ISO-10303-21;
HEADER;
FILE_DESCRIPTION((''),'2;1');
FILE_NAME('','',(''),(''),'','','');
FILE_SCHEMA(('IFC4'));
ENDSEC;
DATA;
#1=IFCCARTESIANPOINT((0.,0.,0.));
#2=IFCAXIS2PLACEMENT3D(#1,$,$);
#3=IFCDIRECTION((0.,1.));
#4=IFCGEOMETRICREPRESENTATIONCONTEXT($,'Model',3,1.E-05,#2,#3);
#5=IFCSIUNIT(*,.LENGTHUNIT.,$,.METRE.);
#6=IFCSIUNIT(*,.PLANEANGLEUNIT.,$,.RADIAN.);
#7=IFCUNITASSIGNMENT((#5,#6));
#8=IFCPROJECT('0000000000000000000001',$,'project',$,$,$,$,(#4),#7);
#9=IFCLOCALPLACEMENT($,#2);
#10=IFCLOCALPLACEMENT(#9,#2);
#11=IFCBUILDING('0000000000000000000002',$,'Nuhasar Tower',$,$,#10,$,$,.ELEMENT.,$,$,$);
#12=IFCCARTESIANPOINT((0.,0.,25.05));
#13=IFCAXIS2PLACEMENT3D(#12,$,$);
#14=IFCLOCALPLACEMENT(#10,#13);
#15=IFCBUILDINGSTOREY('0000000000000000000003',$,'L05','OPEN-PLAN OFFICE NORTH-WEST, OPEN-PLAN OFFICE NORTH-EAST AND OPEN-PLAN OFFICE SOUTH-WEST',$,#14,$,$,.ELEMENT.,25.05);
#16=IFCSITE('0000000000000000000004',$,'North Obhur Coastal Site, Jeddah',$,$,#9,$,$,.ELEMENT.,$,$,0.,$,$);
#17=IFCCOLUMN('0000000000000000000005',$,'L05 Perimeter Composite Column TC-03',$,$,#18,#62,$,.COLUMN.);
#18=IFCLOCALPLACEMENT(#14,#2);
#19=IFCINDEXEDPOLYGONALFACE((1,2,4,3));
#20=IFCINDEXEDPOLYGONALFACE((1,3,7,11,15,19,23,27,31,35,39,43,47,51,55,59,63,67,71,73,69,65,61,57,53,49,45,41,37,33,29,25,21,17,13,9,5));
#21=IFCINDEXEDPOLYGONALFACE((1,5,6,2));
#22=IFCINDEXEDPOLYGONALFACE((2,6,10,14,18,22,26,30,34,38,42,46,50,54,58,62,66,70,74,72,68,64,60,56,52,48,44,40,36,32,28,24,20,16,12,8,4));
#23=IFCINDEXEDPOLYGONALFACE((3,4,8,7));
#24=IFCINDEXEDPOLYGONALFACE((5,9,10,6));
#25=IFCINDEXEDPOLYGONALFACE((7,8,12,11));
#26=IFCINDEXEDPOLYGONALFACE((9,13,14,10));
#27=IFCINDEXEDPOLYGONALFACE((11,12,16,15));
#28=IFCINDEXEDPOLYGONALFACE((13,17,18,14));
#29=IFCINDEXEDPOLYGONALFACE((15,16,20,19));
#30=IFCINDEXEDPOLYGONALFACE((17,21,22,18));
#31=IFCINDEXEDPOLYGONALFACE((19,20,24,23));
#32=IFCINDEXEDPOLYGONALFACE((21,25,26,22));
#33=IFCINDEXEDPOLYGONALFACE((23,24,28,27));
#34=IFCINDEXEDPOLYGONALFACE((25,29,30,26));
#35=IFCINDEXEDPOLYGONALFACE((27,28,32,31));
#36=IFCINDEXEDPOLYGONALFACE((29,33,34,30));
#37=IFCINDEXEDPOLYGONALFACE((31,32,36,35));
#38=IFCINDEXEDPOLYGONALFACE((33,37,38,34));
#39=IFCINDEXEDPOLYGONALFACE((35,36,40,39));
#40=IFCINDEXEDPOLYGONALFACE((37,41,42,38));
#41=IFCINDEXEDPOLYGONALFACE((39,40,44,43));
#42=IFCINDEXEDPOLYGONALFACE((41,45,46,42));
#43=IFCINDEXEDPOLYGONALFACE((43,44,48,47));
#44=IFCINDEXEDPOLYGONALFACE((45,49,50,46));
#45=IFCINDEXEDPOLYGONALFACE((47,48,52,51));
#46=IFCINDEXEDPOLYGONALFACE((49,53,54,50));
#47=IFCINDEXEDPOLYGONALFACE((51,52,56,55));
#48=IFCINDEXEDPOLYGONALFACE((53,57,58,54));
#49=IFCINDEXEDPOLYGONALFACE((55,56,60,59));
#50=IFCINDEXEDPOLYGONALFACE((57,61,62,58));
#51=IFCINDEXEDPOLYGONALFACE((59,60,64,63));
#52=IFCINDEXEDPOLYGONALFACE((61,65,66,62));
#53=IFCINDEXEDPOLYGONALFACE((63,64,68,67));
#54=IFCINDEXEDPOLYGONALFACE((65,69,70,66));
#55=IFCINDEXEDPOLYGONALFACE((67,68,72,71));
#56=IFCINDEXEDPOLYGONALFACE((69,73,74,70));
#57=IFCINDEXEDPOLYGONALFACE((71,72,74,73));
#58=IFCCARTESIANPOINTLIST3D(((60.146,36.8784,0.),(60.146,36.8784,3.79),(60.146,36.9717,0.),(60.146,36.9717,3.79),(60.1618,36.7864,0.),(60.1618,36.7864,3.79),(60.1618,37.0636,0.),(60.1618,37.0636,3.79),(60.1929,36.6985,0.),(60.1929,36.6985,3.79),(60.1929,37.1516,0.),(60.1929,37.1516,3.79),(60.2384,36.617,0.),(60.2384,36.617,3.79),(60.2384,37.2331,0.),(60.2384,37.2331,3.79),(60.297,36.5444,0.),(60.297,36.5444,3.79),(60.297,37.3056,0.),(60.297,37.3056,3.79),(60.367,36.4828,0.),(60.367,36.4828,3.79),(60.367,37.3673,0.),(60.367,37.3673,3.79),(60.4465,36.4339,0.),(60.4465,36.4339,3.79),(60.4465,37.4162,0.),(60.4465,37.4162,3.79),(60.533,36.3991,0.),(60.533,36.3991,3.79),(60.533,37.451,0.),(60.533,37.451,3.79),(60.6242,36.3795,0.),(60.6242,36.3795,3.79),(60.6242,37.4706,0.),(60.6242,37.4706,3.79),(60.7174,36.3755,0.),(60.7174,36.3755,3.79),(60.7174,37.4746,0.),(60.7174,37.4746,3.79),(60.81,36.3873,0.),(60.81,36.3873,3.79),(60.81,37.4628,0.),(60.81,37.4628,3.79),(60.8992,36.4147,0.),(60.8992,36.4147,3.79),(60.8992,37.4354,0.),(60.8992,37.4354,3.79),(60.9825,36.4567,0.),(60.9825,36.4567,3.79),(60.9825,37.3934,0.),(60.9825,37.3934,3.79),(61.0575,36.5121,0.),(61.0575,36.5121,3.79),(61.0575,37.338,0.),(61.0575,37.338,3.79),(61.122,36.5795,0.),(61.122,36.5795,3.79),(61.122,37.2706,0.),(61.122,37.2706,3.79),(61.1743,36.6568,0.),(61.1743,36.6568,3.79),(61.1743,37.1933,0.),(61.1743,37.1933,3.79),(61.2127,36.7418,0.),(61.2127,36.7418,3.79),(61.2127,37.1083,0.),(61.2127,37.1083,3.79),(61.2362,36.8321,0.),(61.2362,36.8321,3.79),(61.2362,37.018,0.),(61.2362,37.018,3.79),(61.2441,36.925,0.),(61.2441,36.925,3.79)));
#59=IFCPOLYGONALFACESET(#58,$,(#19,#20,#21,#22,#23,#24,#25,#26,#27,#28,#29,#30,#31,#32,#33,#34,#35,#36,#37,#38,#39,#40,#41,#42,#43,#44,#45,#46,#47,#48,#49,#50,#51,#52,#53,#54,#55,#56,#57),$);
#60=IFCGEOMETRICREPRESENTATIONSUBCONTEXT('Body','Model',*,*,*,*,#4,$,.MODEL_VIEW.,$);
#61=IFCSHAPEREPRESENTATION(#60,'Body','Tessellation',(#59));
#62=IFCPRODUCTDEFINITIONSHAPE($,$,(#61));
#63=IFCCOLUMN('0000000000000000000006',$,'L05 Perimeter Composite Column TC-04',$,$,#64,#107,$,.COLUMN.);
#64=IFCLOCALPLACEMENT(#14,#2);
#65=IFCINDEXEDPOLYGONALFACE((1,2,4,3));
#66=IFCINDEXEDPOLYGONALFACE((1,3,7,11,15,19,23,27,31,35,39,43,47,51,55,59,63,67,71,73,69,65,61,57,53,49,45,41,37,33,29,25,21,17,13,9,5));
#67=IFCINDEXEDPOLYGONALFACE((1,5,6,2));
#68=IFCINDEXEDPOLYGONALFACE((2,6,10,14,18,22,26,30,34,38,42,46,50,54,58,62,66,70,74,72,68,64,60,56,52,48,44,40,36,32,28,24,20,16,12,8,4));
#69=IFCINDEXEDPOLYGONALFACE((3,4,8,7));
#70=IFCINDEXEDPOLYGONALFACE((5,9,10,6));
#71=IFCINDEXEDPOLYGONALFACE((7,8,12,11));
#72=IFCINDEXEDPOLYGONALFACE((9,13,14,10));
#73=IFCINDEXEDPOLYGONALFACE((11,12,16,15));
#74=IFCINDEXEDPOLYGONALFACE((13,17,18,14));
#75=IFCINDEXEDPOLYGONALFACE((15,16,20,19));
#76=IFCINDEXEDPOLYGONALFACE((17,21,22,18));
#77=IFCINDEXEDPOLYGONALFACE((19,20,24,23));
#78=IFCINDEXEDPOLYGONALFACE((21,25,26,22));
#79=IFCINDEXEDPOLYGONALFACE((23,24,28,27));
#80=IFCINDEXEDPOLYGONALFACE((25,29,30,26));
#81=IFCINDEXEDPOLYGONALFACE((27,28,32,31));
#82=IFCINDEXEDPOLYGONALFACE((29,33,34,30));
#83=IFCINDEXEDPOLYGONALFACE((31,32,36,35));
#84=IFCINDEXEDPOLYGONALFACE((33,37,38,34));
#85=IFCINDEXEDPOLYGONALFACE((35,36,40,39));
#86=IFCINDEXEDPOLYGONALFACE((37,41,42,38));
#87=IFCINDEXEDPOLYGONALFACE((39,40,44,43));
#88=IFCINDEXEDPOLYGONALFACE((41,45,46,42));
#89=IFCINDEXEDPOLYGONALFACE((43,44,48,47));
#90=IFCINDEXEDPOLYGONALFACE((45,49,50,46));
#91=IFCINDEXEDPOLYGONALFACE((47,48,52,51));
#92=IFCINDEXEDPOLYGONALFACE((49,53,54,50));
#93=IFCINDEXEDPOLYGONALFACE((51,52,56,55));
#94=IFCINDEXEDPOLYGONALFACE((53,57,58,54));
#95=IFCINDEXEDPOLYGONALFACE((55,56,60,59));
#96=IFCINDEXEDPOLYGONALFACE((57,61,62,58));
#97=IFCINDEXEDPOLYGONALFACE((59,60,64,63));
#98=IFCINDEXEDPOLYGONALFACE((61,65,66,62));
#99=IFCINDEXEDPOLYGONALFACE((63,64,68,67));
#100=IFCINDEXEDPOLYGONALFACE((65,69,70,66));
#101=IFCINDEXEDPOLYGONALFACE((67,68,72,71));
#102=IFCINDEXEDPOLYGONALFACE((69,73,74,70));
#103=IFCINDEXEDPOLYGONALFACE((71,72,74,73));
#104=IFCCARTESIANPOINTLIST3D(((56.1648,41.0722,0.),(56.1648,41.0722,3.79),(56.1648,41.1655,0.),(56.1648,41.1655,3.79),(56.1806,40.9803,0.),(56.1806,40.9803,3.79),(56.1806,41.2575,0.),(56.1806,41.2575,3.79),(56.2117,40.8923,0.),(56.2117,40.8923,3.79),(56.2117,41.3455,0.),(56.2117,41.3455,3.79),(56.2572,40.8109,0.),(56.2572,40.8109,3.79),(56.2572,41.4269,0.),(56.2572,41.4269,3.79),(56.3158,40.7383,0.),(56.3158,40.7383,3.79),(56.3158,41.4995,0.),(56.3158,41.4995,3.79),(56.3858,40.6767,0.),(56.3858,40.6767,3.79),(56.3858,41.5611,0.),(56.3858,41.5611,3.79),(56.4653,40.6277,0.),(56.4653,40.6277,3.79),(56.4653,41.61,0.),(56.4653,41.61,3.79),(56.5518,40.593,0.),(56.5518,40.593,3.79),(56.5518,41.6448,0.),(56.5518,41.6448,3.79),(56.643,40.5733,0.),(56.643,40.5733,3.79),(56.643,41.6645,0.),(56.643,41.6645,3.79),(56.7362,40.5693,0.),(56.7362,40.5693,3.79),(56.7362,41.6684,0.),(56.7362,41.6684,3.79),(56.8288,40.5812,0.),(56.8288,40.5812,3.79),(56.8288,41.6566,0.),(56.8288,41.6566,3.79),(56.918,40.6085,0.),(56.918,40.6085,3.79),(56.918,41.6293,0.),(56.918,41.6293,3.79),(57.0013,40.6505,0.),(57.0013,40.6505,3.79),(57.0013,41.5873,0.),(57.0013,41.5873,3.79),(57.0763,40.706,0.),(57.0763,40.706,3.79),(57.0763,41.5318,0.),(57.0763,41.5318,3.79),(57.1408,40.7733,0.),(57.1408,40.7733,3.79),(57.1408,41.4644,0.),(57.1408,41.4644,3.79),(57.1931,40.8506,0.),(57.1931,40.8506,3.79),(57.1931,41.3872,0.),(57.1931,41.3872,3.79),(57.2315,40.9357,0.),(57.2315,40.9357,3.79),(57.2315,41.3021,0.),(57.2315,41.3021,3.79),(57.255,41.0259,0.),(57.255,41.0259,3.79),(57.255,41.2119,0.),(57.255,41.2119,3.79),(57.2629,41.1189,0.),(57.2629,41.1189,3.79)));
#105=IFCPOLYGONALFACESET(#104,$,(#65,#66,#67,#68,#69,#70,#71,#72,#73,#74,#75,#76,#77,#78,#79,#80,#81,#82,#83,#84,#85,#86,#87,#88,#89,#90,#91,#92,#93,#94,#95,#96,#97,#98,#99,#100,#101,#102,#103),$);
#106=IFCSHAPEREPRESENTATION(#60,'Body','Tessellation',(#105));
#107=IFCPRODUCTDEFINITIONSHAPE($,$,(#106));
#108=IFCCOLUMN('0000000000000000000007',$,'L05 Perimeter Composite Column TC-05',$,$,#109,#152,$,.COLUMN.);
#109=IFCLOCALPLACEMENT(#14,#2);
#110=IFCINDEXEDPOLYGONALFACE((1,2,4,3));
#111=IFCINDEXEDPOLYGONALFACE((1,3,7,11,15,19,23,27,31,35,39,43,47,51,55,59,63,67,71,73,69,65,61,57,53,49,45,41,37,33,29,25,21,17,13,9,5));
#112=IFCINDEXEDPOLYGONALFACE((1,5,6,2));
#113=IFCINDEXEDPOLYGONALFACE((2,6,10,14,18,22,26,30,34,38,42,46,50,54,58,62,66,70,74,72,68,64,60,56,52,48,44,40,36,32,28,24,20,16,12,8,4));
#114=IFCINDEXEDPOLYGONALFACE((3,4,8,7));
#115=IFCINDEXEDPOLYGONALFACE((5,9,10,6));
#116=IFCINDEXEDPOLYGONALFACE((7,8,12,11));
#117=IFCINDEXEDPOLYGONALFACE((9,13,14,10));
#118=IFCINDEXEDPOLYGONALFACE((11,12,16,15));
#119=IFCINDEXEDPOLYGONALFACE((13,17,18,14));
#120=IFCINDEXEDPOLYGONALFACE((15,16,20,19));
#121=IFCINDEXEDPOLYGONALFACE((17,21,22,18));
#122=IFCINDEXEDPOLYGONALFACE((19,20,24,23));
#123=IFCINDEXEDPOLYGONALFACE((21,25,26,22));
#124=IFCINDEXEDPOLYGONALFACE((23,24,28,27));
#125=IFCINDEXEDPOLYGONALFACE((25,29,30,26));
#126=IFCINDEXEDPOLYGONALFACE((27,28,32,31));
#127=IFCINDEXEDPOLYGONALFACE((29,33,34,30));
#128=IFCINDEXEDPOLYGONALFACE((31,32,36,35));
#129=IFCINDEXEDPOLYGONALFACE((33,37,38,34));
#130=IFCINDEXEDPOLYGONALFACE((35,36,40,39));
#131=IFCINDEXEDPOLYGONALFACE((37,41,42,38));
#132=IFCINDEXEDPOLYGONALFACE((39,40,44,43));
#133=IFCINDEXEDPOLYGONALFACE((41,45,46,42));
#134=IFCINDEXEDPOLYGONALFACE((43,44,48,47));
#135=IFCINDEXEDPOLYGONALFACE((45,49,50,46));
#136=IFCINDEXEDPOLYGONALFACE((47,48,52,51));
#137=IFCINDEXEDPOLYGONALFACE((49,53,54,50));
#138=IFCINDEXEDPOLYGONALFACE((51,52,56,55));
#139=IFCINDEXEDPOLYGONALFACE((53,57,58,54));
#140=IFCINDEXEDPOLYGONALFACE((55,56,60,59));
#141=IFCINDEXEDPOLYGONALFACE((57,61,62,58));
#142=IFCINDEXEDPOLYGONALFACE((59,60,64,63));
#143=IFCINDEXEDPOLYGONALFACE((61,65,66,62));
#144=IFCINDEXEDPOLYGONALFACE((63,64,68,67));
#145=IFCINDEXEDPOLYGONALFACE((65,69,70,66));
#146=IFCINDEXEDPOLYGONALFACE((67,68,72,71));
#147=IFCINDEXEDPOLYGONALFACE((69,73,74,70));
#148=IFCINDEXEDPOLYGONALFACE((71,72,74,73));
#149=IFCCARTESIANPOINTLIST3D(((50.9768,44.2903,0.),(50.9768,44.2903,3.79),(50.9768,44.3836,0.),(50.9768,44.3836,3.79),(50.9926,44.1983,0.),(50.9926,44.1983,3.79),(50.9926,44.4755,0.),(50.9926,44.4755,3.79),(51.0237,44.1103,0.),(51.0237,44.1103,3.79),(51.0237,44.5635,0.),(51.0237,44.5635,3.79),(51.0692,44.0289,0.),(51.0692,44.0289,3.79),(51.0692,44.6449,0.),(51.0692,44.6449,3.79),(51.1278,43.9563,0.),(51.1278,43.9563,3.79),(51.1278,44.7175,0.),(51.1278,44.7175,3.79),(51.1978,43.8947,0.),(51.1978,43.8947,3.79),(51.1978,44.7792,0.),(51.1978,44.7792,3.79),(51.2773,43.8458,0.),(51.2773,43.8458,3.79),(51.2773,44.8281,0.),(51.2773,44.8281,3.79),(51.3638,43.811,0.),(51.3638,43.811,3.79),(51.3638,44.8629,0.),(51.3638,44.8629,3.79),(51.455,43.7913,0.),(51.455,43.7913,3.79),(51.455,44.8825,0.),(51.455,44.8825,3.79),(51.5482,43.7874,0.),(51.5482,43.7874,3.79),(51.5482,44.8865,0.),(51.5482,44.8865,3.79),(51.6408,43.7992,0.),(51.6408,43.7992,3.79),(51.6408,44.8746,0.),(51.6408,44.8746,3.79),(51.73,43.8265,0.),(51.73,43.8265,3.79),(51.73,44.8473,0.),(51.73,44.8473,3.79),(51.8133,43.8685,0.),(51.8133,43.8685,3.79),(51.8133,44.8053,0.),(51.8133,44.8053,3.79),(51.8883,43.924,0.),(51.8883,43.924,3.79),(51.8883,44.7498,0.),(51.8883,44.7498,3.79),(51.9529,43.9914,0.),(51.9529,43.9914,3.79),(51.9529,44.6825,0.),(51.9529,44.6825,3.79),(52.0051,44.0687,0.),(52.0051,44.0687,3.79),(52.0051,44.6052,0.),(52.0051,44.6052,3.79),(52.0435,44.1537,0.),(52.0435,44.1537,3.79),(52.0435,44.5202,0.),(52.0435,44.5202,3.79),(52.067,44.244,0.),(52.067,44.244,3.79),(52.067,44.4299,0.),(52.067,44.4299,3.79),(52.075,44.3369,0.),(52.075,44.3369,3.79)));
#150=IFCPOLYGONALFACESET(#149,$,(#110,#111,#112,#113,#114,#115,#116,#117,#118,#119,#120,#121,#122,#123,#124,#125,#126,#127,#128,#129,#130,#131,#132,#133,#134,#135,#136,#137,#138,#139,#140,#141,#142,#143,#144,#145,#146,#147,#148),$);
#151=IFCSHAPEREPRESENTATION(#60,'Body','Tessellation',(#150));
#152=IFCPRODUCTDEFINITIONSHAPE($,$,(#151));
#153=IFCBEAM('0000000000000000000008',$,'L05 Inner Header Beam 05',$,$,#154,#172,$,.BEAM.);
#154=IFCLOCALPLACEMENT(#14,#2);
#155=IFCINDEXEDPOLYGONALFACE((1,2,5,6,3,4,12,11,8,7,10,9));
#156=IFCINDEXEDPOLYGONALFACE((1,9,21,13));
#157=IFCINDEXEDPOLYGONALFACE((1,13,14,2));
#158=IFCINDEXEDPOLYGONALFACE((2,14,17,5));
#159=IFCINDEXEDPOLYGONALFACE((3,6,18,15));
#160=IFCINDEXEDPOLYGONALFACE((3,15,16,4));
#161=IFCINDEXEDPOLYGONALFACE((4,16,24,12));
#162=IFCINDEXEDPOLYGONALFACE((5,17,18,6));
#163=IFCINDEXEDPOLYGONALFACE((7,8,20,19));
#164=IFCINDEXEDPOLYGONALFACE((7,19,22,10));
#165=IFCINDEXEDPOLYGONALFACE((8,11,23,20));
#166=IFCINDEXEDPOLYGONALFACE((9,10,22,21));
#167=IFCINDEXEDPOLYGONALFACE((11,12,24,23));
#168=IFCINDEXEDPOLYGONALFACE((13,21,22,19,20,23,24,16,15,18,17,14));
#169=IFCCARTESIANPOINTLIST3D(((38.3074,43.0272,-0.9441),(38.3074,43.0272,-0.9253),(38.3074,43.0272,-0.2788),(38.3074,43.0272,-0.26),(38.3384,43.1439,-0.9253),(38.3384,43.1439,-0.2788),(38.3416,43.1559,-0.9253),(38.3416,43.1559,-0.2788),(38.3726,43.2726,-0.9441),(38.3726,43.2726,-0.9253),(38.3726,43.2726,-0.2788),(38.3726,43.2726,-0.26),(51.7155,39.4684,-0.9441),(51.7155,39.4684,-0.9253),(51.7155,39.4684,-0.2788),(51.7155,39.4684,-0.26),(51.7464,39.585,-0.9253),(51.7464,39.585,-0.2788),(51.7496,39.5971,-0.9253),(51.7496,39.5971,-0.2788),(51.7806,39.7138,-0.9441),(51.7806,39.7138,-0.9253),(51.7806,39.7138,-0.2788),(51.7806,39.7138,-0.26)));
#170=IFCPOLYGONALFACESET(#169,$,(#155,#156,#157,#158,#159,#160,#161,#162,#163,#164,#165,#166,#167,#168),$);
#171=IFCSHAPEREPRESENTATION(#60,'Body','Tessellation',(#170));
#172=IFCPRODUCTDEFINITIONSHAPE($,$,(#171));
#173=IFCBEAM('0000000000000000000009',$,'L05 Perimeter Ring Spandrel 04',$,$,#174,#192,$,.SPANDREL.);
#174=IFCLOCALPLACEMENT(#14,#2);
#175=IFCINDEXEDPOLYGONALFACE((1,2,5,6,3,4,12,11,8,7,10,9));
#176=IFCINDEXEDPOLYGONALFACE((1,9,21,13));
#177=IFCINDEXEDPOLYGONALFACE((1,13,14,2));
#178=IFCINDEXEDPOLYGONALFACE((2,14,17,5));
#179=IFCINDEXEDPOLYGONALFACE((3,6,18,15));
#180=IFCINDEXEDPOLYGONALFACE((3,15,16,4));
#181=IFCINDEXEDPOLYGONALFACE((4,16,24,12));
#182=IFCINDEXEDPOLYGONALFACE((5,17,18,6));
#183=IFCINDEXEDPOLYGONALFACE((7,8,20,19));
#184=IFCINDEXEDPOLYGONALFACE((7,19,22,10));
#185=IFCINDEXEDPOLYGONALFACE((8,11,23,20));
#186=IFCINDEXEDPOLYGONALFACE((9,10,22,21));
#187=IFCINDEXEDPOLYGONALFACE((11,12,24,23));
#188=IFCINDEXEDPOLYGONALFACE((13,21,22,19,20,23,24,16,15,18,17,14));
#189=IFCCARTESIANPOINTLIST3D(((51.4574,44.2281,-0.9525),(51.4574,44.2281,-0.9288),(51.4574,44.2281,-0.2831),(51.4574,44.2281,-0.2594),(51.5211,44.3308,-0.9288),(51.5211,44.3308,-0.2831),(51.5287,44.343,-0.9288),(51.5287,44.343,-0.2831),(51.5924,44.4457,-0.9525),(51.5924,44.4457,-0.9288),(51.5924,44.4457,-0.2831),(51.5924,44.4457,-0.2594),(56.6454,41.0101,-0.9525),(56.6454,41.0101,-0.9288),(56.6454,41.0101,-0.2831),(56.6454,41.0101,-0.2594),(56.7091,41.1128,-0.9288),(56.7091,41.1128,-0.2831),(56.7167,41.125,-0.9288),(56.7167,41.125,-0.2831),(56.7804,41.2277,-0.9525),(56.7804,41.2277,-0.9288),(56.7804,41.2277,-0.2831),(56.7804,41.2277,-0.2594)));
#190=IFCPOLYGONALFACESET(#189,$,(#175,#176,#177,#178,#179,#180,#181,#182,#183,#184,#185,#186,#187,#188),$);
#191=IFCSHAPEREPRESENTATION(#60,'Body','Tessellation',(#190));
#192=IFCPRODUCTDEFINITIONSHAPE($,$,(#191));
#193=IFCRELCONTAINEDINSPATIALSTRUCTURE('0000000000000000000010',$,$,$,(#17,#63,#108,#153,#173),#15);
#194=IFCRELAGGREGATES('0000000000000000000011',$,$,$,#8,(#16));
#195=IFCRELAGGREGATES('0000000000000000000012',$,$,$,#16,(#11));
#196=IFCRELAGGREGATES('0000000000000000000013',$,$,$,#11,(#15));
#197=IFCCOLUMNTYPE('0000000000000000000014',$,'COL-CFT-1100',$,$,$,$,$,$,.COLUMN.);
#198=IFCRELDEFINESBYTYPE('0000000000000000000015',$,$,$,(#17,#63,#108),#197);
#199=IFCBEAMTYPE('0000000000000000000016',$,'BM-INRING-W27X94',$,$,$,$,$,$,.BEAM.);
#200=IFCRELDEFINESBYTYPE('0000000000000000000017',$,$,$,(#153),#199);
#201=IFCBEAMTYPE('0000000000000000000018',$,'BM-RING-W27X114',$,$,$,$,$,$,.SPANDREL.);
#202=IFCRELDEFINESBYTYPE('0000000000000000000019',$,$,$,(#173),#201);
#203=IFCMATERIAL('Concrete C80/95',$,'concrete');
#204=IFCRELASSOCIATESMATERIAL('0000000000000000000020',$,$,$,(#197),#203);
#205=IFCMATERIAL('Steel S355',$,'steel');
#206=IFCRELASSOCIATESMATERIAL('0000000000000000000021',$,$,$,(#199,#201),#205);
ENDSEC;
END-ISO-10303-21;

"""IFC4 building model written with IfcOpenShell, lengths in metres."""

from ifc_helpers import new_model, si_unit, direction, frame, origin, origin_2d, place, context, subcontext, project, spatial, circle, i_section, extrude, material, material_profile, profile_set, type_object, element, save


model = new_model("IFC4")

# Units and contexts
model_context = context("Model", 3, precision=1e-05, world=origin(), true_north=direction((0.0, 1.0)))
body_context = subcontext(model_context, "Body", "Model", "MODEL_VIEW")
ifc_project = project(units=[si_unit("LENGTHUNIT", "METRE"), si_unit("PLANEANGLEUNIT", "RADIAN")], contexts=[model_context])

# Site, building, storey
site_placement = place(None, origin())
site = spatial("IfcSite", under=ifc_project, at=site_placement, Name="North Obhur Coastal Site, Jeddah", CompositionType="ELEMENT", RefElevation=0.0)
building_placement = place(site_placement, origin())
building = spatial("IfcBuilding", under=site, at=building_placement, Name="Nuhasar Tower", CompositionType="ELEMENT")
storey_placement = place(building_placement, frame((0.0, 0.0, 25.05)))
storey = spatial("IfcBuildingStorey", under=building, at=storey_placement, Name="L05", Description="OPEN-PLAN OFFICE NORTH-WEST, OPEN-PLAN OFFICE NORTH-EAST AND OPEN-PLAN OFFICE SOUTH-WEST", CompositionType="ELEMENT", Elevation=25.05)

# Columns
ifc_material_1 = material(Name="Concrete C80/95", Category="concrete")
ifc_material_profile_1 = material_profile(ifc_material_1, circle(Radius=0.55, at=origin_2d()), Name="CFT1100")
ifc_profile_set_1 = profile_set([ifc_material_profile_1], Name="Concrete C80/95")
column_type = type_object("IfcColumnType", Name="COL-CFT-1100", PredefinedType="COLUMN", material=ifc_profile_set_1)
for number, where, z_axis, x_axis, name in (
    (1, (60.6941, 36.925, 0.0), (0.0, 0.0, 1.0), (1.0, 0.0, 0.0), "L05 Perimeter Composite Column TC-03"),
    (2, (56.7129, 41.1189, 0.0), (0.0, 0.0, 1.0), (1.0, 0.0, 0.0), "L05 Perimeter Composite Column TC-04"),
    (3, (51.5249, 44.3369, 0.0), (0.0, 0.0, 1.0), (1.0, 0.0, 0.0), "L05 Perimeter Composite Column TC-05"),
):
    element("IfcColumn", number, at=place(storey_placement, frame(where, z_axis=z_axis, x_axis=x_axis)), inside=storey, type_object=column_type, Name=name, PredefinedType="COLUMN", context=body_context, shape_type="SweptSolid", body=[
        extrude(circle(Radius=0.55, at=origin_2d()), origin(), (0.0, 0.0, 1.0), 3.79),
    ])

# Beams
ifc_material_2 = material(Name="Steel S355", Category="steel")
ifc_material_profile_2 = material_profile(ifc_material_2, i_section(OverallWidth=0.2539, OverallDepth=0.6841, WebThickness=0.0125, FlangeThickness=0.0188, at=origin_2d()), Name="W27X94")
ifc_profile_set_2 = profile_set([ifc_material_profile_2], Name="Steel S355")
beam_type_1 = type_object("IfcBeamType", Name="BM-INRING-W27X94", PredefinedType="BEAM", material=ifc_profile_set_2)
beam_1_placement = place(storey_placement, frame((51.748, 39.5911, -0.6021), z_axis=(-0.966533, 0.256544, 0.0), x_axis=(-0.256544, -0.966533, 0.0)))
element("IfcBeam", 4, at=beam_1_placement, inside=storey, type_object=beam_type_1, Name="L05 Inner Header Beam 05", PredefinedType="BEAM", context=body_context, shape_type="SweptSolid", body=[
    extrude(i_section(OverallWidth=0.2539, OverallDepth=0.6841, WebThickness=0.0125, FlangeThickness=0.0188, at=origin_2d()), origin(), (0.0, 0.0, 1.0), 13.8723),
])
ifc_material_profile_3 = material_profile(ifc_material_2, i_section(OverallWidth=0.2561, OverallDepth=0.6931, WebThickness=0.0144, FlangeThickness=0.0237, at=origin_2d()), Name="W27X114")
ifc_profile_set_3 = profile_set([ifc_material_profile_3], Name="Steel S355")
beam_type_2 = type_object("IfcBeamType", Name="BM-RING-W27X114", PredefinedType="SPANDREL", material=ifc_profile_set_3)
beam_2_placement = place(storey_placement, frame((56.7129, 41.1189, -0.606), z_axis=(-0.849795, 0.527113, 0.0), x_axis=(-0.527113, -0.849795, 0.0)))
element("IfcBeam", 5, at=beam_2_placement, inside=storey, type_object=beam_type_2, Name="L05 Perimeter Ring Spandrel 04", PredefinedType="SPANDREL", context=body_context, shape_type="SweptSolid", body=[
    extrude(i_section(OverallWidth=0.2561, OverallDepth=0.6931, WebThickness=0.0144, FlangeThickness=0.0237, at=origin_2d()), origin(), (0.0, 0.0, 1.0), 6.105),
])

save(model, "model.ifc")
